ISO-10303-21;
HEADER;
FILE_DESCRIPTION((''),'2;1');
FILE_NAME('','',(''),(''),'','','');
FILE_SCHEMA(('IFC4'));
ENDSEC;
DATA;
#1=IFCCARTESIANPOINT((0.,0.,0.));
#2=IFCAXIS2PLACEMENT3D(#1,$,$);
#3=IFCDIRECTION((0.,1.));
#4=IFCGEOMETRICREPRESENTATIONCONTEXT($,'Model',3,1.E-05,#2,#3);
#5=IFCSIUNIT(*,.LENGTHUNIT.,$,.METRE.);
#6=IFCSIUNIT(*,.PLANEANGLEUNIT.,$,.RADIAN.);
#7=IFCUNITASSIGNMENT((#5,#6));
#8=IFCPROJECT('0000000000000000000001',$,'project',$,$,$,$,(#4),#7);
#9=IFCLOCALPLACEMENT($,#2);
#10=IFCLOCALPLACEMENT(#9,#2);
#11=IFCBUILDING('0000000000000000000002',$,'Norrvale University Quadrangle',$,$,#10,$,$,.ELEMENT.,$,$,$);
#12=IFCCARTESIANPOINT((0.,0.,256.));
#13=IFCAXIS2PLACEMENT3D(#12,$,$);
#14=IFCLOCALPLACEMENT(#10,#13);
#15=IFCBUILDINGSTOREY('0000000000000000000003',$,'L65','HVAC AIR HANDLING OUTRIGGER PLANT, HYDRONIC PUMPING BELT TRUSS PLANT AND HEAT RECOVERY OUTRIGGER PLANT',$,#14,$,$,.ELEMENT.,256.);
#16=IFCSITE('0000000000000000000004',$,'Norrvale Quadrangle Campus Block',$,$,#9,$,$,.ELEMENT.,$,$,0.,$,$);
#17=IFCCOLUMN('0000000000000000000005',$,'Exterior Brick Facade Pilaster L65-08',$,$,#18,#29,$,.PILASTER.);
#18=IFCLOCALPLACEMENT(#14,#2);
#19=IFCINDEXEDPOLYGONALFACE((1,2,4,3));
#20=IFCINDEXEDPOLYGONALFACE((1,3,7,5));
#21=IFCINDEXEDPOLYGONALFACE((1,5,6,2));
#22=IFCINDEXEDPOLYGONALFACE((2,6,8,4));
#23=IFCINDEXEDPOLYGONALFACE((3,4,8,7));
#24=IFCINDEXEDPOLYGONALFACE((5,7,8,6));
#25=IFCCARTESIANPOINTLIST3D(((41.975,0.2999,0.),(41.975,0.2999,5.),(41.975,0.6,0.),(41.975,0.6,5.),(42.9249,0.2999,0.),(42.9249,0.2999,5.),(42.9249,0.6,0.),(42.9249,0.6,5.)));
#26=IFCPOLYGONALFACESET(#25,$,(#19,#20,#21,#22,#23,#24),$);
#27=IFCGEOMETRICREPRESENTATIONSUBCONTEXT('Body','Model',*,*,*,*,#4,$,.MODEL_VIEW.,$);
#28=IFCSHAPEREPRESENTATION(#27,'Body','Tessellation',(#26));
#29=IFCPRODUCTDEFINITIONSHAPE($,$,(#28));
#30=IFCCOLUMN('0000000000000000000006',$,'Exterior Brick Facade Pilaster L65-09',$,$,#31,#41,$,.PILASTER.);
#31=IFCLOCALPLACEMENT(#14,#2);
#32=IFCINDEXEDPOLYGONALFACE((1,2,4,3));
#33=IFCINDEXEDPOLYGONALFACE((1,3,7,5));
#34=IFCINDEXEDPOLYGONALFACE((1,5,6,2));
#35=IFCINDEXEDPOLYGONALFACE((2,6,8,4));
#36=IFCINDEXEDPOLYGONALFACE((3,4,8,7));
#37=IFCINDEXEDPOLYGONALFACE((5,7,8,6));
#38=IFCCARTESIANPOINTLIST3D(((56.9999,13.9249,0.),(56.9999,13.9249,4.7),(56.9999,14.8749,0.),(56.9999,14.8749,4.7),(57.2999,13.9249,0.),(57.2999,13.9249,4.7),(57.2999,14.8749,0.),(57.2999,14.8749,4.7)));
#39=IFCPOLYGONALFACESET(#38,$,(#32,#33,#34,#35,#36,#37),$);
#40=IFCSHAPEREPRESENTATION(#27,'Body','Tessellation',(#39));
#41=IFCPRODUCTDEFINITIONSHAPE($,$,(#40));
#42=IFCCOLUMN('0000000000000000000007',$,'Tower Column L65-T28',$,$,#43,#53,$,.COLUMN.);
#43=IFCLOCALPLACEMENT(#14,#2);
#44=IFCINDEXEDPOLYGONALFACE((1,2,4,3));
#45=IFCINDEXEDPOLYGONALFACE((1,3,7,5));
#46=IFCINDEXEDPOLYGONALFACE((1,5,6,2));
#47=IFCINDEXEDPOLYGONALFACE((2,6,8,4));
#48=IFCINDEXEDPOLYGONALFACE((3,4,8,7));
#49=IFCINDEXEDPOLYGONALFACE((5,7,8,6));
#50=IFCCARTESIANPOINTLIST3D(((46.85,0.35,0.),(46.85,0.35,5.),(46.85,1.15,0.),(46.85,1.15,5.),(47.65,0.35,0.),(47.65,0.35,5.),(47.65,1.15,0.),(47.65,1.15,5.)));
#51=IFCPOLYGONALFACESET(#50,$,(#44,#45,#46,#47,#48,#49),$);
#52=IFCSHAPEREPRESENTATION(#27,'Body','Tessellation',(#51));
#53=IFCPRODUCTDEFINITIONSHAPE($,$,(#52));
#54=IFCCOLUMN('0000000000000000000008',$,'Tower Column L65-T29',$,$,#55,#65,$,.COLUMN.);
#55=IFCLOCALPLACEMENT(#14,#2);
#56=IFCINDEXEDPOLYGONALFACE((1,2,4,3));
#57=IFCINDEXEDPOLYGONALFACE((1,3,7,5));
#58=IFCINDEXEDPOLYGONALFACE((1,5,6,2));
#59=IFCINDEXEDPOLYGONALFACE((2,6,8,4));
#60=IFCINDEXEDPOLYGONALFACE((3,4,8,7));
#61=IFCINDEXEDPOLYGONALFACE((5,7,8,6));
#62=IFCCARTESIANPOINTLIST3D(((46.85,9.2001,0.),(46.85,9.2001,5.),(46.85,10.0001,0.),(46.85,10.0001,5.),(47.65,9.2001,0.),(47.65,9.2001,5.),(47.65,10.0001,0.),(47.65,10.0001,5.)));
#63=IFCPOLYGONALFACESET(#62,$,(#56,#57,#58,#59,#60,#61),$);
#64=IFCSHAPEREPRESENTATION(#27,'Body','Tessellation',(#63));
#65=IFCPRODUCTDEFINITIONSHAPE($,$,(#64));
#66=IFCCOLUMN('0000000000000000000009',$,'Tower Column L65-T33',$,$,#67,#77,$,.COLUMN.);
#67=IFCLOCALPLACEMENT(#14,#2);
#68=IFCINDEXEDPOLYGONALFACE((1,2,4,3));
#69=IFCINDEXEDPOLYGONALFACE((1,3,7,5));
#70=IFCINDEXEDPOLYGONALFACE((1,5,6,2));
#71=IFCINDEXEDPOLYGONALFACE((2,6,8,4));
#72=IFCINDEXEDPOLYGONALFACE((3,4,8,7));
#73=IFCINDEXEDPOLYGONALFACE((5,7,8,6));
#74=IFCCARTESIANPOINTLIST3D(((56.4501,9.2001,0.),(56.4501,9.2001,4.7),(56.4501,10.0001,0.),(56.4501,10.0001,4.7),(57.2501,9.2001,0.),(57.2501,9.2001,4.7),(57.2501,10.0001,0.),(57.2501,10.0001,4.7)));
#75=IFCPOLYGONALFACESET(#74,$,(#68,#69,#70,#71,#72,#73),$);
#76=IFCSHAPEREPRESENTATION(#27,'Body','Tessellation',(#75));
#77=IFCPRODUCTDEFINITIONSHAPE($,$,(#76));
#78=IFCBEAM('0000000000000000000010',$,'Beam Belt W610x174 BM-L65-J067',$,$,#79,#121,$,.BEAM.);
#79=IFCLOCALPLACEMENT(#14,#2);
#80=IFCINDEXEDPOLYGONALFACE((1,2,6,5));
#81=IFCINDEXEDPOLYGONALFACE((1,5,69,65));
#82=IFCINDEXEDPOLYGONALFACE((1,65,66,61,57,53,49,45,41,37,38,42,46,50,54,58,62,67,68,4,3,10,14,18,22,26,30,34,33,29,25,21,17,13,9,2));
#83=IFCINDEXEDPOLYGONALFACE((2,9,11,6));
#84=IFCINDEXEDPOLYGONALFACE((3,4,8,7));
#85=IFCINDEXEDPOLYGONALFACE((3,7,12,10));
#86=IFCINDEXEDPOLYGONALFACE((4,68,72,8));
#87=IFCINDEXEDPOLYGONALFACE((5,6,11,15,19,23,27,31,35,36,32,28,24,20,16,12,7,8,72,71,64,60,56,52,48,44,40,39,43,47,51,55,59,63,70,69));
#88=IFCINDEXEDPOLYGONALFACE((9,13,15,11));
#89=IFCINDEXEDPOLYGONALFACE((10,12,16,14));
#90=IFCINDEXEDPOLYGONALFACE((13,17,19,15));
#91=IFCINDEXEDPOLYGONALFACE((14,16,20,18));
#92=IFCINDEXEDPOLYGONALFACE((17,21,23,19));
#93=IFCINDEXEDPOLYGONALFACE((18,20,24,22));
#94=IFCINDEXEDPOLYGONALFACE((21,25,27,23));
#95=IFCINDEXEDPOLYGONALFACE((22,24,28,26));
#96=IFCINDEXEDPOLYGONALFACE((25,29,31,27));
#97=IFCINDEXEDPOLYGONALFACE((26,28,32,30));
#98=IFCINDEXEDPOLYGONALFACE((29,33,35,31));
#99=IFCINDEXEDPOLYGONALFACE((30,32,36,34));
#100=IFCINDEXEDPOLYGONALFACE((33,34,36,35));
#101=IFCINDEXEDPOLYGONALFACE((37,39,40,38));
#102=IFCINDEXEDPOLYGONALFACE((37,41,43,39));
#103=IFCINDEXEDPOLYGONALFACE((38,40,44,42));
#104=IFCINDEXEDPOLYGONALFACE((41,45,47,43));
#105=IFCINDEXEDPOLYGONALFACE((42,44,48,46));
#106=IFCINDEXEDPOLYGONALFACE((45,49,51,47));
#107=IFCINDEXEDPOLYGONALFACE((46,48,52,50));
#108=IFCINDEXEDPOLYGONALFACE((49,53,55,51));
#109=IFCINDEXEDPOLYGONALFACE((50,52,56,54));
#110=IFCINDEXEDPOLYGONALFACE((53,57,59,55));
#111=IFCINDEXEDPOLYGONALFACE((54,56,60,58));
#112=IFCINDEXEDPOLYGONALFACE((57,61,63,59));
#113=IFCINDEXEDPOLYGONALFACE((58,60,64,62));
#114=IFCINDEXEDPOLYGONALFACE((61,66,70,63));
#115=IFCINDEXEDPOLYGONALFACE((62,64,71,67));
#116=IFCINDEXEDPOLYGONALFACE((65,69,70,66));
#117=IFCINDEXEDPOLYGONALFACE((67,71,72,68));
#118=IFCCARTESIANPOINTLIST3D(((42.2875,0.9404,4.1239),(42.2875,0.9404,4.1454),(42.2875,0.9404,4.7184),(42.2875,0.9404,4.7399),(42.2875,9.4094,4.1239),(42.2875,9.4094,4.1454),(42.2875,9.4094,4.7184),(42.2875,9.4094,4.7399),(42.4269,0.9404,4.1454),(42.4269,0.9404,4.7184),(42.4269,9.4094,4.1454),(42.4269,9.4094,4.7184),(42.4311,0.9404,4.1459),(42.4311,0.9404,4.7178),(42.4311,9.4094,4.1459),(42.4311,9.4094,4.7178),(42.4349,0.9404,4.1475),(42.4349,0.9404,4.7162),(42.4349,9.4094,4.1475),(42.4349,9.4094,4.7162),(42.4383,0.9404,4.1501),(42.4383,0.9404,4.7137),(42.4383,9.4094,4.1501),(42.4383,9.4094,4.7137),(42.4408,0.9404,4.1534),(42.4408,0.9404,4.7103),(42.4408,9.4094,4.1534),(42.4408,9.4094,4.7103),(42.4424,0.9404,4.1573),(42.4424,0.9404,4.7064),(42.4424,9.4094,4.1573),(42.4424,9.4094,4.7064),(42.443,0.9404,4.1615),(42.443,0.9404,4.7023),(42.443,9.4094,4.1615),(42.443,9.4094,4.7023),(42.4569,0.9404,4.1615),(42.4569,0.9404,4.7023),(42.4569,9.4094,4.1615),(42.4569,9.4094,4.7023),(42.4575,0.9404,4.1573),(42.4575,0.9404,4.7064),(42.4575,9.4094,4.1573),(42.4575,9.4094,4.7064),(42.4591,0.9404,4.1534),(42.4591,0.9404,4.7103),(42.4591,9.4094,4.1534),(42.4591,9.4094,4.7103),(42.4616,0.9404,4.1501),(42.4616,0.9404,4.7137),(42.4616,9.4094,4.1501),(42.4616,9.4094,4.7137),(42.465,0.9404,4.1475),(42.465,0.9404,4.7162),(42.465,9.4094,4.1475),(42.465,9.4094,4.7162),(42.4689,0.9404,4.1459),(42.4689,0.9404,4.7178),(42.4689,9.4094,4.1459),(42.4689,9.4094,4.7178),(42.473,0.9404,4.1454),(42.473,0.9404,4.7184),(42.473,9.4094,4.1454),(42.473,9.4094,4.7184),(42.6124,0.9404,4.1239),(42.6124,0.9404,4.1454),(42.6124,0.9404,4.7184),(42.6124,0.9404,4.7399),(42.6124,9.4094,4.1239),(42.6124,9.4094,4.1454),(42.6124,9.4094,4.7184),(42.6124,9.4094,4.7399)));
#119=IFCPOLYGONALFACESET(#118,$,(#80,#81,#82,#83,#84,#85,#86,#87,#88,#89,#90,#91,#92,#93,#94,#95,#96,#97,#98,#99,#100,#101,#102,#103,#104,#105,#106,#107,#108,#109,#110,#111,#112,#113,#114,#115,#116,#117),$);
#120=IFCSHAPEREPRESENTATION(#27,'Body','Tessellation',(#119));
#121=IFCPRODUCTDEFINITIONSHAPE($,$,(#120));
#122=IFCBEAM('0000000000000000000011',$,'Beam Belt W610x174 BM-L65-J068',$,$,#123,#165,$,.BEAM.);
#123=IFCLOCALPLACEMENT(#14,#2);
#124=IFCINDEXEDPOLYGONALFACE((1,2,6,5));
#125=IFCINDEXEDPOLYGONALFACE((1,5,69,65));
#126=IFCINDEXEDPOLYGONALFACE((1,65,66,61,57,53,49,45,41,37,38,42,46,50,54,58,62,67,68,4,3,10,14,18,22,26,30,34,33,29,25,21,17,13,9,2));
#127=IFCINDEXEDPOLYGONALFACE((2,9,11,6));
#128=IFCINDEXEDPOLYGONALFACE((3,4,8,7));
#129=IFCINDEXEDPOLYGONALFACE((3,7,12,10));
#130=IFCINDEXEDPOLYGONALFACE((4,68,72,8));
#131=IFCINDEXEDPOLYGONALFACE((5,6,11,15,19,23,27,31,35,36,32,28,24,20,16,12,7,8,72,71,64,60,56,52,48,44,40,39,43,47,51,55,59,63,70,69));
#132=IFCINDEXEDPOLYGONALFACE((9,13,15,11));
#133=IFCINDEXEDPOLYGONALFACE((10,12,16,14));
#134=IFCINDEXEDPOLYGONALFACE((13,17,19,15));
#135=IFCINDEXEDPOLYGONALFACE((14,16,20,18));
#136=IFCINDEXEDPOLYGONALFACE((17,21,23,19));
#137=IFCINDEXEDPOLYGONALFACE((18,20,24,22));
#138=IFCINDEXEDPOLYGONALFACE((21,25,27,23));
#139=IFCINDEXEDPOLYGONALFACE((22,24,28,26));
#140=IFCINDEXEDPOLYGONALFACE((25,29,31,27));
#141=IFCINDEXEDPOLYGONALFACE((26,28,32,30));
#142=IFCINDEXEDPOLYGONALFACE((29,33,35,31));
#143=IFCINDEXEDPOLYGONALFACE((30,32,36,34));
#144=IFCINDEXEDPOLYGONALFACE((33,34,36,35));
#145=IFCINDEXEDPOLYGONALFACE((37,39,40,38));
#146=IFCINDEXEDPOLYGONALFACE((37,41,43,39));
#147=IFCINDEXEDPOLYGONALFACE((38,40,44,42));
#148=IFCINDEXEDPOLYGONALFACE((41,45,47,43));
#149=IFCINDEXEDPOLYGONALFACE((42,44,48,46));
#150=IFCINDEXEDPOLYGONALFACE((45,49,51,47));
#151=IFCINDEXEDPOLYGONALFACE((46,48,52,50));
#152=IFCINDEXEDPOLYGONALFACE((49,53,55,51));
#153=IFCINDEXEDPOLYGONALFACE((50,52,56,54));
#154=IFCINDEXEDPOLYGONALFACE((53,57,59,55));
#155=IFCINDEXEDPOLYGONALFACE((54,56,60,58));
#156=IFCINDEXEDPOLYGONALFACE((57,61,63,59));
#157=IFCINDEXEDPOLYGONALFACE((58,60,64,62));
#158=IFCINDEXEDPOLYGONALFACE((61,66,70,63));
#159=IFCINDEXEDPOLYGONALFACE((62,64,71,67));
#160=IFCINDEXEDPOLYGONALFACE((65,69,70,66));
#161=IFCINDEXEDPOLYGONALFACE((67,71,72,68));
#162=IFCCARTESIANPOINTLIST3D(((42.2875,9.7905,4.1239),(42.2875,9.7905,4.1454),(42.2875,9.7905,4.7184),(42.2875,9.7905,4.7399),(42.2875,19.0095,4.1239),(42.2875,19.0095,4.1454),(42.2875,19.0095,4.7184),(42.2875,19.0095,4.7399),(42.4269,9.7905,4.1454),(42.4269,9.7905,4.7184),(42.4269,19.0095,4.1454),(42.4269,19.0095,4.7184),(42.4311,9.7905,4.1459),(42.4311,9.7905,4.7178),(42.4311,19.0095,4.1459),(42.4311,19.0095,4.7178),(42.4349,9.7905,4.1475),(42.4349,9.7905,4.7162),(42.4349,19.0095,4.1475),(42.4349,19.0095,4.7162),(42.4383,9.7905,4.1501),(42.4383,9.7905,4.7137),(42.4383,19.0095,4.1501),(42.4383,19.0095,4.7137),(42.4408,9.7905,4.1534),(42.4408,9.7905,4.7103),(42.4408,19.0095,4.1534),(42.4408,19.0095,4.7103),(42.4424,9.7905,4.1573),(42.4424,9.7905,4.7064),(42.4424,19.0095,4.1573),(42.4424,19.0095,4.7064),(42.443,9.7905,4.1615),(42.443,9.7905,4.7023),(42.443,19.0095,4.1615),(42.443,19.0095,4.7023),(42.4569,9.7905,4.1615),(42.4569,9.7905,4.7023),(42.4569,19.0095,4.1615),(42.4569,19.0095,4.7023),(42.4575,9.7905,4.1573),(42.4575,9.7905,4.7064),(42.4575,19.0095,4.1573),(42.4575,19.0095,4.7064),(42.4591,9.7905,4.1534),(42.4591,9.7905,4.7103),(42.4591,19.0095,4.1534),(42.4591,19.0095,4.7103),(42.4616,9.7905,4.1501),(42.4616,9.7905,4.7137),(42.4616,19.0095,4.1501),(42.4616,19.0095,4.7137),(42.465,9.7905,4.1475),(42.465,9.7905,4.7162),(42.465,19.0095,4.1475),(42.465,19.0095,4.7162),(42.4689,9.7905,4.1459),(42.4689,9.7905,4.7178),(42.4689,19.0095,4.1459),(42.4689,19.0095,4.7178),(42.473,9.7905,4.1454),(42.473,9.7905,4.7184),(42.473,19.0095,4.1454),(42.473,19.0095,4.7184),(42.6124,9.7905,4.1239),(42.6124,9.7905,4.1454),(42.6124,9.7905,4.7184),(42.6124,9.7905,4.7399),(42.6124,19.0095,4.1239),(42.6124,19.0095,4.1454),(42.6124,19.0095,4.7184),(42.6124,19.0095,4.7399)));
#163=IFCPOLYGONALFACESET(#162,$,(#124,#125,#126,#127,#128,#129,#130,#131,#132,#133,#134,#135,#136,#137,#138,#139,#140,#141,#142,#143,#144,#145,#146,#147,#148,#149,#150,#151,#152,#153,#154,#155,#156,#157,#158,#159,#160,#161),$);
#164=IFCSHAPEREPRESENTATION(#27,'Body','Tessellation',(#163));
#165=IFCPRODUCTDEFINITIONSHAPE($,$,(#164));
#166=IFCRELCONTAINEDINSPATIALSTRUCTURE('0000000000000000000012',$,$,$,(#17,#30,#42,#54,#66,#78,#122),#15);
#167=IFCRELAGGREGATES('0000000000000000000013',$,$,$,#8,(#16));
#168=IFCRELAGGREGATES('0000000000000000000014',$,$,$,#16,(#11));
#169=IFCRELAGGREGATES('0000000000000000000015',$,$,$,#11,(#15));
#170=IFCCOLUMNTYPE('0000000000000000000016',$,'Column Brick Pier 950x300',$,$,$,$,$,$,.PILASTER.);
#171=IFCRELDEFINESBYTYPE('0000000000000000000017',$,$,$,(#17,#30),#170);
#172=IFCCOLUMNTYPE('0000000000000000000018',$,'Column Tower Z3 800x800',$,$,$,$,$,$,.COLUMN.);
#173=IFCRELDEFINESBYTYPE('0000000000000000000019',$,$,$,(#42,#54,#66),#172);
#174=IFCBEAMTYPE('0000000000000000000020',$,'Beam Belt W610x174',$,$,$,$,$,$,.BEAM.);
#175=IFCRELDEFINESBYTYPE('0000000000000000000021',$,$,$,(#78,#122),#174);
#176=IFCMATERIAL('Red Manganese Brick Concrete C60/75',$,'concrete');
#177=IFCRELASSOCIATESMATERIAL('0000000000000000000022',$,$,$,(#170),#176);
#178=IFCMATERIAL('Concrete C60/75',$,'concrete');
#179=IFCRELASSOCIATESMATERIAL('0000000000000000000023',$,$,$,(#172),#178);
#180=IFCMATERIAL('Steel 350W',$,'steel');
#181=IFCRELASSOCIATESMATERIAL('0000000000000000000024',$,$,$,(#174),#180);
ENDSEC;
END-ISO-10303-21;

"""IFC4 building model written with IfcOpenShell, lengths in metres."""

from ifc_helpers import new_model, si_unit, direction, frame, origin, origin_2d, place, context, subcontext, project, spatial, rectangle, i_section, extrude, material, material_profile, profile_set, type_object, element, save


model = new_model("IFC4")

# Units and contexts
model_context = context("Model", 3, precision=1e-05, world=origin(), true_north=direction((0.0, 1.0)))
body_context = subcontext(model_context, "Body", "Model", "MODEL_VIEW")
ifc_project = project(units=[si_unit("LENGTHUNIT", "METRE"), si_unit("PLANEANGLEUNIT", "RADIAN")], contexts=[model_context])

# Site, building, storey
site_placement = place(None, origin())
site = spatial("IfcSite", under=ifc_project, at=site_placement, Name="Norrvale Quadrangle Campus Block", CompositionType="ELEMENT", RefElevation=0.0)
building_placement = place(site_placement, origin())
building = spatial("IfcBuilding", under=site, at=building_placement, Name="Norrvale University Quadrangle", CompositionType="ELEMENT")
storey_placement = place(building_placement, frame((0.0, 0.0, 256.0)))
storey = spatial("IfcBuildingStorey", under=building, at=storey_placement, Name="L65", Description="HVAC AIR HANDLING OUTRIGGER PLANT, HYDRONIC PUMPING BELT TRUSS PLANT AND HEAT RECOVERY OUTRIGGER PLANT", CompositionType="ELEMENT", Elevation=256.0)

# Columns
ifc_material_1 = material(Name="Red Manganese Brick Concrete C60/75", Category="concrete")
ifc_material_profile_1 = material_profile(ifc_material_1, rectangle(XDim=0.95, YDim=0.3, at=origin_2d()), Name="Red Manganese Brick Concrete C60/75")
ifc_profile_set_1 = profile_set([ifc_material_profile_1], Name="Red Manganese Brick Concrete C60/75")
column_type_1 = type_object("IfcColumnType", Name="Column Brick Pier 950x300", PredefinedType="PILASTER", material=ifc_profile_set_1)
column_1_placement = place(storey_placement, frame((42.45, 0.45, 0.0), z_axis=(0.0, 0.0, 1.0), x_axis=(1.0, 0.0, 0.0)))
element("IfcColumn", 1, at=column_1_placement, inside=storey, type_object=column_type_1, Name="Exterior Brick Facade Pilaster L65-08", PredefinedType="PILASTER", context=body_context, shape_type="SweptSolid", body=[
    extrude(rectangle(XDim=0.95, YDim=0.3, at=origin_2d()), origin(), (0.0, 0.0, 1.0), 5.0),
])
column_2_placement = place(storey_placement, frame((57.1499, 14.3999, 0.0), z_axis=(0.0, 0.0, 1.0), x_axis=(0.0, 1.0, 0.0)))
element("IfcColumn", 2, at=column_2_placement, inside=storey, type_object=column_type_1, Name="Exterior Brick Facade Pilaster L65-09", PredefinedType="PILASTER", context=body_context, shape_type="SweptSolid", body=[
    extrude(rectangle(XDim=0.95, YDim=0.3, at=origin_2d()), origin(), (0.0, 0.0, 1.0), 4.7),
])
ifc_material_2 = material(Name="Concrete C60/75", Category="concrete")
ifc_material_profile_2 = material_profile(ifc_material_2, rectangle(XDim=0.8, YDim=0.8, at=origin_2d()), Name="Concrete C60/75")
ifc_profile_set_2 = profile_set([ifc_material_profile_2], Name="Concrete C60/75")
column_type_2 = type_object("IfcColumnType", Name="Column Tower Z3 800x800", PredefinedType="COLUMN", material=ifc_profile_set_2)
for number, where, z_axis, x_axis, name in (
    (3, (47.25, 0.75, 0.0), (0.0, 0.0, 1.0), (1.0, 0.0, 0.0), "Tower Column L65-T28"),
    (4, (47.25, 9.6001, 0.0), (0.0, 0.0, 1.0), (1.0, 0.0, 0.0), "Tower Column L65-T29"),
):
    element("IfcColumn", number, at=place(storey_placement, frame(where, z_axis=z_axis, x_axis=x_axis)), inside=storey, type_object=column_type_2, Name=name, PredefinedType="COLUMN", context=body_context, shape_type="SweptSolid", body=[
        extrude(rectangle(XDim=0.8, YDim=0.8, at=origin_2d()), origin(), (0.0, 0.0, 1.0), 5.0),
    ])
column_3_placement = place(storey_placement, frame((56.8501, 9.6001, 0.0), z_axis=(0.0, 0.0, 1.0), x_axis=(1.0, 0.0, 0.0)))
element("IfcColumn", 5, at=column_3_placement, inside=storey, type_object=column_type_2, Name="Tower Column L65-T33", PredefinedType="COLUMN", context=body_context, shape_type="SweptSolid", body=[
    extrude(rectangle(XDim=0.8, YDim=0.8, at=origin_2d()), origin(), (0.0, 0.0, 1.0), 4.7),
])

# Beams
ifc_material_3 = material(Name="Steel 350W", Category="steel")
ifc_material_profile_3 = material_profile(ifc_material_3, i_section(OverallWidth=0.325, OverallDepth=0.616, WebThickness=0.0139, FlangeThickness=0.0215, FilletRadius=0.0161, at=origin_2d()), Name="Steel 350W")
ifc_profile_set_3 = profile_set([ifc_material_profile_3], Name="Steel 350W")
beam_type_1 = type_object("IfcBeamType", Name="Beam Belt W610x174", PredefinedType="BEAM", material=ifc_profile_set_3)
beam_1_placement = place(storey_placement, frame((42.45, 0.9404, 4.4319), z_axis=(0.0, 1.0, 0.0), x_axis=(-1.0, 0.0, 0.0)))
element("IfcBeam", 6, at=beam_1_placement, inside=storey, type_object=beam_type_1, Name="Beam Belt W610x174 BM-L65-J067", PredefinedType="BEAM", context=body_context, shape_type="SweptSolid", body=[
    extrude(i_section(OverallWidth=0.325, OverallDepth=0.616, WebThickness=0.0139, FlangeThickness=0.0215, FilletRadius=0.0161, at=origin_2d()), origin(), (0.0, 0.0, 1.0), 8.469),
])
for number, where, z_axis, x_axis, name in (
    (7, (42.45, 9.7905, 4.4319), (0.0, 1.0, 0.0), (-1.0, 0.0, 0.0), "Beam Belt W610x174 BM-L65-J068"),
):
    element("IfcBeam", number, at=place(storey_placement, frame(where, z_axis=z_axis, x_axis=x_axis)), inside=storey, type_object=beam_type_1, Name=name, PredefinedType="BEAM", context=body_context, shape_type="SweptSolid", body=[
        extrude(i_section(OverallWidth=0.325, OverallDepth=0.616, WebThickness=0.0139, FlangeThickness=0.0215, FilletRadius=0.0161, at=origin_2d()), origin(), (0.0, 0.0, 1.0), 9.219),
    ])

save(model, "model.ifc")
